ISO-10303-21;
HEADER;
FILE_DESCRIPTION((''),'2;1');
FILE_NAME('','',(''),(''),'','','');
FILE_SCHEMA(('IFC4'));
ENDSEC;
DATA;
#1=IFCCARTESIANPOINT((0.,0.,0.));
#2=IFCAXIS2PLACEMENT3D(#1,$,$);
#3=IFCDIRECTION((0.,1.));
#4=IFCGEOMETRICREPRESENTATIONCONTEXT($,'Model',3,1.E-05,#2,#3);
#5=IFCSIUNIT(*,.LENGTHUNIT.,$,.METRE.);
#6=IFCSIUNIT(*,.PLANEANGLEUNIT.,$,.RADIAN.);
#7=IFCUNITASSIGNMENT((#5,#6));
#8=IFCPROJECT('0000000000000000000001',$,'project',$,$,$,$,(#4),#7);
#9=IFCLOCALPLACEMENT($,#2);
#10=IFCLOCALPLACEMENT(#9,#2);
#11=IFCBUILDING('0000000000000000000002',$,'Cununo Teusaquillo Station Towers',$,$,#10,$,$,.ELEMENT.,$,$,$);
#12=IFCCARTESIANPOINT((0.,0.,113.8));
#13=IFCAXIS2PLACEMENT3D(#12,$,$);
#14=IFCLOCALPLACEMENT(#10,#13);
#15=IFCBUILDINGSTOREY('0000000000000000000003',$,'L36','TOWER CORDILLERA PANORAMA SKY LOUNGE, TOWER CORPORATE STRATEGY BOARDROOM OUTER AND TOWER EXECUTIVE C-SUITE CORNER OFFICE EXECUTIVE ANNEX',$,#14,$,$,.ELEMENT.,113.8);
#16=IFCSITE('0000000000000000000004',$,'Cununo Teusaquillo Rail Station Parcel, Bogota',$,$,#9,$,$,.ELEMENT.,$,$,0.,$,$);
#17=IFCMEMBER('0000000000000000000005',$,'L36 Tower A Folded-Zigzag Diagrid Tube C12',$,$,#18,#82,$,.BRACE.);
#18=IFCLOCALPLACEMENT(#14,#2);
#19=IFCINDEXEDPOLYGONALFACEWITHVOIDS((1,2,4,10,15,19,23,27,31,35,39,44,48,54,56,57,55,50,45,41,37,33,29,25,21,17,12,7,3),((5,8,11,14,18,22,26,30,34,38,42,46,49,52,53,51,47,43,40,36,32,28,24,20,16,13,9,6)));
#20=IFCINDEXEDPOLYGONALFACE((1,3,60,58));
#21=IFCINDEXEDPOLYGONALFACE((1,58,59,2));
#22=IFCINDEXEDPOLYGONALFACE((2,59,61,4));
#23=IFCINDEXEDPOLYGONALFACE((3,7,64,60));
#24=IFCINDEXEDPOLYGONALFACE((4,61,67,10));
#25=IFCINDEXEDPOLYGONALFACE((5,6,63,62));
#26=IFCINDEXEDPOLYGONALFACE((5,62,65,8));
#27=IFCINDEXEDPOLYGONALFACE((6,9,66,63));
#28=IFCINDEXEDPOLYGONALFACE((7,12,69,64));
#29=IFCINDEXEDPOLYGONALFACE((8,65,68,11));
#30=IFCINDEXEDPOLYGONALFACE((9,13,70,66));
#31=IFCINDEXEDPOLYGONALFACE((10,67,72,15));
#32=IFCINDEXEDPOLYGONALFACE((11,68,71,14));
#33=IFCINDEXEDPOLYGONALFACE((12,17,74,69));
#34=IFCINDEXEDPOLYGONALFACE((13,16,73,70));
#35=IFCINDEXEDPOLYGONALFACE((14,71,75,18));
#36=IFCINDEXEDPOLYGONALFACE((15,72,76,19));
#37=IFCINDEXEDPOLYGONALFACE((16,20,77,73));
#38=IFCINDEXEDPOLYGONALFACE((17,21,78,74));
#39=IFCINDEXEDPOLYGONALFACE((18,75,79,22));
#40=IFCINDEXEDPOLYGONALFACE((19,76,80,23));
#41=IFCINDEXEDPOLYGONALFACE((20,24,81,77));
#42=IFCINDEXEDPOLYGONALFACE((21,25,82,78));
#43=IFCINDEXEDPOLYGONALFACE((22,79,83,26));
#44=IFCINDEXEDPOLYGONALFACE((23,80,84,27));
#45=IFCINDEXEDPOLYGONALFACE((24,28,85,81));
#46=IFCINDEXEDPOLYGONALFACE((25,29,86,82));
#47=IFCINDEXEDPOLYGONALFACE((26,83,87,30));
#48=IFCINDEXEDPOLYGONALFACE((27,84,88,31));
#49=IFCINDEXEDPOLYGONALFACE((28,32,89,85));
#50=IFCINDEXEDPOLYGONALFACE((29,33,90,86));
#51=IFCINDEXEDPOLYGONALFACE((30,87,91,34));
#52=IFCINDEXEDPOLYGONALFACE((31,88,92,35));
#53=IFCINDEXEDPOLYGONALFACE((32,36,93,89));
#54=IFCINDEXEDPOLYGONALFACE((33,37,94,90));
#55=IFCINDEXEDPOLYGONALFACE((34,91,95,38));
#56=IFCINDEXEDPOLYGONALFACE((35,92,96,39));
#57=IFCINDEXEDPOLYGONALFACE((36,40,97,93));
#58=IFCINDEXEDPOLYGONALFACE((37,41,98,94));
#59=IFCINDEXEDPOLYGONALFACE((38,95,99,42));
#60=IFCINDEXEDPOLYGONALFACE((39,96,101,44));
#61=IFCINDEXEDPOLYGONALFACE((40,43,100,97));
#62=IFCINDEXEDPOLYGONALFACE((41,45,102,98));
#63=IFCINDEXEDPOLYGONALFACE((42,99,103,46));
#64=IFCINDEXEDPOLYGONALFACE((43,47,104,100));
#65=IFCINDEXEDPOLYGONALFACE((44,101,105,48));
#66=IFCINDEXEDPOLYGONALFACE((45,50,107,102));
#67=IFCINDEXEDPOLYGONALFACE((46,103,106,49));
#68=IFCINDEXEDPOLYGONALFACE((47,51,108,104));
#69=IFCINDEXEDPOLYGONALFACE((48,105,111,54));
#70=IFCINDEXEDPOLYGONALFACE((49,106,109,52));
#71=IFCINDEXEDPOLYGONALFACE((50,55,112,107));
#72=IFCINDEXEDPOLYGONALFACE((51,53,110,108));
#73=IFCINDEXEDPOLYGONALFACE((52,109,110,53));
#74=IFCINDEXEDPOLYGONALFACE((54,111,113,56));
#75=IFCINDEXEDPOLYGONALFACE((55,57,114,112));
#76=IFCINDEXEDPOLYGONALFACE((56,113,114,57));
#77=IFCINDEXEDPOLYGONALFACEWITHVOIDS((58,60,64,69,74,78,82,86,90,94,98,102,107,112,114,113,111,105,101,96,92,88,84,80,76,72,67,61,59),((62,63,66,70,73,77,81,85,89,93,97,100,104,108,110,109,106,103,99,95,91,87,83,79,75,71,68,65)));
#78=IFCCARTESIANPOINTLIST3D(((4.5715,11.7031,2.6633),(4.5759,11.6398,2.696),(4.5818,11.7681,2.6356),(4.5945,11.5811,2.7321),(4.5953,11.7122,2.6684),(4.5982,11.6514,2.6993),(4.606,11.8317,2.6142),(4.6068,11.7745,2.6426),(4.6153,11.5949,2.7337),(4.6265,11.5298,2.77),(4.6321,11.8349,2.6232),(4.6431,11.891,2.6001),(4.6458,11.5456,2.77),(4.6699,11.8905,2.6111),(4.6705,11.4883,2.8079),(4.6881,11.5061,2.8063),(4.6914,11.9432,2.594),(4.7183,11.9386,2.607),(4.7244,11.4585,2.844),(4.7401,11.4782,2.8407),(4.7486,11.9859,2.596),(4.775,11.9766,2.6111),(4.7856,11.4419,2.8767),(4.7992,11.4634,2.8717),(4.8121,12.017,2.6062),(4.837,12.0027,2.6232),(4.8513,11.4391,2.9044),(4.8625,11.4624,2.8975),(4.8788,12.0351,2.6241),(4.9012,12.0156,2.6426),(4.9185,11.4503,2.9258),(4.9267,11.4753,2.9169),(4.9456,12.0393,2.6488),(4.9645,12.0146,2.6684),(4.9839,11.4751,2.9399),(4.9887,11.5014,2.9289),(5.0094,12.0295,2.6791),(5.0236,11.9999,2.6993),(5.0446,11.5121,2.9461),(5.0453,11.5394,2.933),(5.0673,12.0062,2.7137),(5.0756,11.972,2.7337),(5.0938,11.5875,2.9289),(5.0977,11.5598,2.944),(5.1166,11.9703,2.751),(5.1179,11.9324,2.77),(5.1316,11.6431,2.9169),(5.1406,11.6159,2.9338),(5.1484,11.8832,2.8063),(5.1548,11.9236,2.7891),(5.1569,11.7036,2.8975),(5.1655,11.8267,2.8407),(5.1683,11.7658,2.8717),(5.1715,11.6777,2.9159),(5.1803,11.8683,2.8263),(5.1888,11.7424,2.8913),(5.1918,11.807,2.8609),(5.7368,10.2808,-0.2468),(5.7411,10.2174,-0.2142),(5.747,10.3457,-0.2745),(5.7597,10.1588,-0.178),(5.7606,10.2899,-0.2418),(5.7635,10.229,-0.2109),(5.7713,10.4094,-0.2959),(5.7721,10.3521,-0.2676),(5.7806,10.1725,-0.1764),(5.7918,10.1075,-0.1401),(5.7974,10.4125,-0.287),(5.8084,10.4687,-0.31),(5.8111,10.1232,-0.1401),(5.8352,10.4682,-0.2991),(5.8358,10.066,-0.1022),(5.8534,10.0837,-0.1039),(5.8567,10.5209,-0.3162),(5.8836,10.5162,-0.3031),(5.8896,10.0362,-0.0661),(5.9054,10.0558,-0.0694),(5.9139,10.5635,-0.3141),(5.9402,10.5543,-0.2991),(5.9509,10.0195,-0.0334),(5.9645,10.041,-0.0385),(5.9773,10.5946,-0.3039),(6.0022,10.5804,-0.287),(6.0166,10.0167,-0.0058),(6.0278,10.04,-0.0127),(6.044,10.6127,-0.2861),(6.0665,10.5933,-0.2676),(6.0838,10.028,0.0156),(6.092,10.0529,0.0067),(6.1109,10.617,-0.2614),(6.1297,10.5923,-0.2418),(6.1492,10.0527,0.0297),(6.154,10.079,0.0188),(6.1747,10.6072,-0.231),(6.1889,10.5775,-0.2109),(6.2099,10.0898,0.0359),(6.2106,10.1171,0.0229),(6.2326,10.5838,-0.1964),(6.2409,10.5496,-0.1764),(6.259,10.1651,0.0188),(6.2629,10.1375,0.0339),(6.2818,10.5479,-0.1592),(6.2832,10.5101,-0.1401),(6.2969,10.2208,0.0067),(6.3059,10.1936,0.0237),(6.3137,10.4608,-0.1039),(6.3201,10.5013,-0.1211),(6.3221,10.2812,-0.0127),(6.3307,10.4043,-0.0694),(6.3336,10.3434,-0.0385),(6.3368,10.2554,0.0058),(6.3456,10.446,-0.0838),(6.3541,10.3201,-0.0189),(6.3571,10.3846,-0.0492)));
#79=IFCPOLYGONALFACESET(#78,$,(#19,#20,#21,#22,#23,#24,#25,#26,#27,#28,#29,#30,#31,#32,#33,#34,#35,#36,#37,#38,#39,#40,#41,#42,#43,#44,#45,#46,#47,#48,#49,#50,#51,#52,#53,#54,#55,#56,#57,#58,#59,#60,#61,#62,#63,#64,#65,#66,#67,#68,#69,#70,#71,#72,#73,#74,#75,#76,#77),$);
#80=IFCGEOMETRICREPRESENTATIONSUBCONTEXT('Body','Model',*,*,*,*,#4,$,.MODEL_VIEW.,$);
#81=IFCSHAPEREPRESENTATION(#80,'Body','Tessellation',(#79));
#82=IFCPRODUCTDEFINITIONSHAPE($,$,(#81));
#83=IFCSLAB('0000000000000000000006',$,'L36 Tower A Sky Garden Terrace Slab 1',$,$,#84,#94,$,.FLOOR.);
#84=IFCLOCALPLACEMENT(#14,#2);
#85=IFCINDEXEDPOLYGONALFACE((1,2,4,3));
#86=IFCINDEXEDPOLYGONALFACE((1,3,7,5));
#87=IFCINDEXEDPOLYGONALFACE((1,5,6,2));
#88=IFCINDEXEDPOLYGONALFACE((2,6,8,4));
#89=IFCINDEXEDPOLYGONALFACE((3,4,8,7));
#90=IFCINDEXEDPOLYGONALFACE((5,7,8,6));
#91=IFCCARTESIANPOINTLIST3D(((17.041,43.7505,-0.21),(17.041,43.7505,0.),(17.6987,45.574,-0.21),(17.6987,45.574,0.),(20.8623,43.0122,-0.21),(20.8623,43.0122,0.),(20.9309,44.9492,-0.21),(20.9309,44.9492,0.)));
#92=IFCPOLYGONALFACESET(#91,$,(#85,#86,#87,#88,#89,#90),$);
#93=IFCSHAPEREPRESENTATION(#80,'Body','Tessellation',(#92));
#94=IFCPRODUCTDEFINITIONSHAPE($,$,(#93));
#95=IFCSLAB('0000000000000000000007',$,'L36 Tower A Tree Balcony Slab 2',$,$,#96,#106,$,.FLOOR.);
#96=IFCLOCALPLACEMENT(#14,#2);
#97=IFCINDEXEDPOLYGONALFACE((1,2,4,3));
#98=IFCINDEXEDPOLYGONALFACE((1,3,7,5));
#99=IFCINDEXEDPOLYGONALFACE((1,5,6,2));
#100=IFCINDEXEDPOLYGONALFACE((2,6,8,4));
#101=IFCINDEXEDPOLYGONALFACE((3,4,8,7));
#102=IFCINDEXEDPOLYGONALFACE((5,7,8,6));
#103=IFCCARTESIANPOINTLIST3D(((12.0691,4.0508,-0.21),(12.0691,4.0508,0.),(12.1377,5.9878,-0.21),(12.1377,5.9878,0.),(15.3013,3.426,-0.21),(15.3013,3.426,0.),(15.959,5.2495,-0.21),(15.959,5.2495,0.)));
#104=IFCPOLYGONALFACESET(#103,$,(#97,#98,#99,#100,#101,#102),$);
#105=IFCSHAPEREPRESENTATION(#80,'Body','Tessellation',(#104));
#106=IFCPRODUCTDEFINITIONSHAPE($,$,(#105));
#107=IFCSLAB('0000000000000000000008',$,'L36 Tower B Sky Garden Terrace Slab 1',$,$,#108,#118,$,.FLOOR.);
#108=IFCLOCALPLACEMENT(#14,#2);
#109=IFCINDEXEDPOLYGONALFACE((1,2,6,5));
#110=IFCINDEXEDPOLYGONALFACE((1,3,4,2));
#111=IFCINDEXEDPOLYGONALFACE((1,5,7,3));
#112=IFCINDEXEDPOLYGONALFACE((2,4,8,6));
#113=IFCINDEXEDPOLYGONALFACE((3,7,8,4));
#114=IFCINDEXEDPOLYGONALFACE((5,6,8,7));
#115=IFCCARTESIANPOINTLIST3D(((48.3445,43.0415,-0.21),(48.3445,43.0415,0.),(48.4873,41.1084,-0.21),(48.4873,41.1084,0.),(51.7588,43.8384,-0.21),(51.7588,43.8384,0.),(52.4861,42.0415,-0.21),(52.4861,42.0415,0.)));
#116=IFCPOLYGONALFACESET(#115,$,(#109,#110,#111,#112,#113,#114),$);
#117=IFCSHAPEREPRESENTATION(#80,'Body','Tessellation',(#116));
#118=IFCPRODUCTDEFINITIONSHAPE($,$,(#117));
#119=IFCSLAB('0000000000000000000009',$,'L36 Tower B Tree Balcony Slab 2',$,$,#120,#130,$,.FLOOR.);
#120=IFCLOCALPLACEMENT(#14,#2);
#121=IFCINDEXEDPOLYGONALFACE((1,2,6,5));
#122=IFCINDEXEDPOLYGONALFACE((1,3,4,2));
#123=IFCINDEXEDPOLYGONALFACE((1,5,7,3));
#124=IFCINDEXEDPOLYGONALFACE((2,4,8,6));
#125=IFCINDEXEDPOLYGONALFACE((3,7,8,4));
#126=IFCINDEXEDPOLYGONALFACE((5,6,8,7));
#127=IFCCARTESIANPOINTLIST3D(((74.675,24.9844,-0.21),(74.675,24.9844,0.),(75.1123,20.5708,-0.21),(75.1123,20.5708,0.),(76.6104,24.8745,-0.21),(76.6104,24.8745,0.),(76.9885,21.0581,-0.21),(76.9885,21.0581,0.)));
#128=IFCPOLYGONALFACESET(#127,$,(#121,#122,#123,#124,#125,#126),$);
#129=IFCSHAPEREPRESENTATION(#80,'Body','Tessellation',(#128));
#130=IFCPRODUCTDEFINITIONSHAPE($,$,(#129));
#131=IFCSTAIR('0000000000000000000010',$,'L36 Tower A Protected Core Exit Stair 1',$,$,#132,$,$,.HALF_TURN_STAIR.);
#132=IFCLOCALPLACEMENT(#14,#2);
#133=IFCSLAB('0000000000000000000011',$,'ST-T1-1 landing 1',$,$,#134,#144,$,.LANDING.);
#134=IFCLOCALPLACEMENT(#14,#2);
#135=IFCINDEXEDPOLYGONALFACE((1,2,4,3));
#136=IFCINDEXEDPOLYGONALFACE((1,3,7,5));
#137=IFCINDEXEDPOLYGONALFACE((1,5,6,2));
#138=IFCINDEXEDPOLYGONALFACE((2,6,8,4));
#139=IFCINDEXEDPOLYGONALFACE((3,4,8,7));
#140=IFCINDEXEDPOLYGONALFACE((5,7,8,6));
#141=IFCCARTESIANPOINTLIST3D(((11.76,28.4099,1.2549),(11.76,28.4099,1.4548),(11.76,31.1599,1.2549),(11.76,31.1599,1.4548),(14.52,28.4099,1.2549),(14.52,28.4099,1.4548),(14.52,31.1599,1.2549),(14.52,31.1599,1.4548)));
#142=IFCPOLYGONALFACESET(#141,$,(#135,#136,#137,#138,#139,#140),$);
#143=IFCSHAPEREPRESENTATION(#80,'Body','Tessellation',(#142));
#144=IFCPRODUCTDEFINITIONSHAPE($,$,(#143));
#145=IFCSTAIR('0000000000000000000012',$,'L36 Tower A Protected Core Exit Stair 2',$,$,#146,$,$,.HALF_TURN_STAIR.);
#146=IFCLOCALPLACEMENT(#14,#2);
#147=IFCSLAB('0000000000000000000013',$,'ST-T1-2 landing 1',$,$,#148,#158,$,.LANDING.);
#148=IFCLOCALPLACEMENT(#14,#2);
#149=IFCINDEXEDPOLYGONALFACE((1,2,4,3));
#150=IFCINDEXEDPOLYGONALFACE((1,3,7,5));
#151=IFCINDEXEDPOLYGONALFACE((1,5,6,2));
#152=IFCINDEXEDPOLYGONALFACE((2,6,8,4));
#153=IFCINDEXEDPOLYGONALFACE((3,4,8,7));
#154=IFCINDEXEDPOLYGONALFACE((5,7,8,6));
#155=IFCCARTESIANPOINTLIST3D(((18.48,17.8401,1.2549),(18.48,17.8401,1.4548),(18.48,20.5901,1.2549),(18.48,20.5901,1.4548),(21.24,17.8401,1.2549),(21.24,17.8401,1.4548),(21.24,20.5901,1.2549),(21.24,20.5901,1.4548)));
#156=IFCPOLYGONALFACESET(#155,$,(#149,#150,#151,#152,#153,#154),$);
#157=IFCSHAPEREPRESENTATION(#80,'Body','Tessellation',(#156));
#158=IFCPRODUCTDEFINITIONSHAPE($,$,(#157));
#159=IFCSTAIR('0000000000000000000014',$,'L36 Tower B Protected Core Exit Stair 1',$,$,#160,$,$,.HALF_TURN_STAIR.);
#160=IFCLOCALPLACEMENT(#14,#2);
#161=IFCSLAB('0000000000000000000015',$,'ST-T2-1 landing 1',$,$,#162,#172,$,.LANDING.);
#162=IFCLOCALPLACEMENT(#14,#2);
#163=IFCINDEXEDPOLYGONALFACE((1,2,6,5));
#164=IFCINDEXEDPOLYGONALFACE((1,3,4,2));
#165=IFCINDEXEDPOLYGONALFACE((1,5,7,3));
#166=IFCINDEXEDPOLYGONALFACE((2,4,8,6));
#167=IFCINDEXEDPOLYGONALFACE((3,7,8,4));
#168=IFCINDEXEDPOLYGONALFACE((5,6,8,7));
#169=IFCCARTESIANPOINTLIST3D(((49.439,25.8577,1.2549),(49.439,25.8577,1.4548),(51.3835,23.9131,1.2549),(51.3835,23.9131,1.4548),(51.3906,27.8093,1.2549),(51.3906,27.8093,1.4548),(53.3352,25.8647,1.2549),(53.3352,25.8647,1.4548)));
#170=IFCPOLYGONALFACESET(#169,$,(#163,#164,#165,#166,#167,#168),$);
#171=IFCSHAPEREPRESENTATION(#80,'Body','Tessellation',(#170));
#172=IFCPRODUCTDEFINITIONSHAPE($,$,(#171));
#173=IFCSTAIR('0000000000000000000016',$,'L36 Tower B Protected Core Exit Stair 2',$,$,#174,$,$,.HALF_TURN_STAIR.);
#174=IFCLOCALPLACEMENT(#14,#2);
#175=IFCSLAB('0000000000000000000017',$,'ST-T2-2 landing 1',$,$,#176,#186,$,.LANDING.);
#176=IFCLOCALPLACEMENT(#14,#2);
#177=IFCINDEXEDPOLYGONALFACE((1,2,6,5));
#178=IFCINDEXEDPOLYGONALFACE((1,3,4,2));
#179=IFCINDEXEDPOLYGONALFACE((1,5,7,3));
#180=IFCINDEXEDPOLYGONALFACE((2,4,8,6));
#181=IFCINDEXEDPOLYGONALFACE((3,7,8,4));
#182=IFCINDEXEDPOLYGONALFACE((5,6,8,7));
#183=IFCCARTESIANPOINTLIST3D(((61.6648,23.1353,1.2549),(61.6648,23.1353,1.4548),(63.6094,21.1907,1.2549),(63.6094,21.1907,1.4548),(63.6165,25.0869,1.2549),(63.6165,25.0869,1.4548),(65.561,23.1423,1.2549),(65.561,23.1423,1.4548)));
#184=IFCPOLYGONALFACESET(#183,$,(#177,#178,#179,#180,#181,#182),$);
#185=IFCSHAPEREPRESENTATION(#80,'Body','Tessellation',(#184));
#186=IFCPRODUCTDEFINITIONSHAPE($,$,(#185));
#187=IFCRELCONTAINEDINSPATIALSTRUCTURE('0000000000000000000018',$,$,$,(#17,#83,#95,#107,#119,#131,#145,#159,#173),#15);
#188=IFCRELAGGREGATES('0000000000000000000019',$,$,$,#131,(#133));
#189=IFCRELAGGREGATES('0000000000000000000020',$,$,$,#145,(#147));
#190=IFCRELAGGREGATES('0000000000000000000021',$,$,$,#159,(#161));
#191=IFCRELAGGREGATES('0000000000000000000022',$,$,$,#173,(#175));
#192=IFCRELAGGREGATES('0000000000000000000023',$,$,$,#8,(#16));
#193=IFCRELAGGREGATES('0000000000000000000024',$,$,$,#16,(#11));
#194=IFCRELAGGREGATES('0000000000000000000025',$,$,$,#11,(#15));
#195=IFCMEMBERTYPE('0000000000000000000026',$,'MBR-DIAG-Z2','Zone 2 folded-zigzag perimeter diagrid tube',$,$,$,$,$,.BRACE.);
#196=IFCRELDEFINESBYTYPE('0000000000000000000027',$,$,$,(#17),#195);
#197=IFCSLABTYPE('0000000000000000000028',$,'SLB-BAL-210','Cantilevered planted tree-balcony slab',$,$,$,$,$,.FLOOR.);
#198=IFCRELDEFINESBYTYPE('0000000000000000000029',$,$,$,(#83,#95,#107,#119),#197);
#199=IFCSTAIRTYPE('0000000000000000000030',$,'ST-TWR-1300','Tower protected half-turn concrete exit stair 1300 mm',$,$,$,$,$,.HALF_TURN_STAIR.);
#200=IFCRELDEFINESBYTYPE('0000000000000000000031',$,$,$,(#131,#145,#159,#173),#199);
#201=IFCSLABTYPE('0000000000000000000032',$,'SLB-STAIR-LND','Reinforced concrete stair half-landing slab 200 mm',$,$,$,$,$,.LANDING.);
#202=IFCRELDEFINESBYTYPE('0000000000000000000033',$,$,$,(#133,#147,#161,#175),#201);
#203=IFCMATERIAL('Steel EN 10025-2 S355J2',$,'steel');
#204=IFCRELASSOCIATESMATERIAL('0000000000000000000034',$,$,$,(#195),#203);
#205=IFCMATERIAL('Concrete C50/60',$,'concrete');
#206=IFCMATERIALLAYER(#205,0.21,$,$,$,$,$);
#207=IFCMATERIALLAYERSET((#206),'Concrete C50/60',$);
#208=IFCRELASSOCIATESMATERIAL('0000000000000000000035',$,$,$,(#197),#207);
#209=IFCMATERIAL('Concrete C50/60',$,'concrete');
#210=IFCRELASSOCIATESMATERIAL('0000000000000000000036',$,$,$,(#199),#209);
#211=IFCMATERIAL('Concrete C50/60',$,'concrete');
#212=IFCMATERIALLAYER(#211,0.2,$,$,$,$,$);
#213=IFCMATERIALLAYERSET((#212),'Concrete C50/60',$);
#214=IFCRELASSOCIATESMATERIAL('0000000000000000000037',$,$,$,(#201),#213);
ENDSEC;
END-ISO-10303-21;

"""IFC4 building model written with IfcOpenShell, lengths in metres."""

from ifc_helpers import new_model, si_unit, direction, frame, origin, origin_2d, place, context, subcontext, project, spatial, polyline, hollow_circle, outline, extrude, material, layer, layer_set, material_profile, profile_set, type_object, element, aggregate, save


model = new_model("IFC4")

# Units and contexts
model_context = context("Model", 3, precision=1e-05, world=origin(), true_north=direction((0.0, 1.0)))
body_context = subcontext(model_context, "Body", "Model", "MODEL_VIEW")
ifc_project = project(units=[si_unit("LENGTHUNIT", "METRE"), si_unit("PLANEANGLEUNIT", "RADIAN")], contexts=[model_context])

# Site, building, storey
site_placement = place(None, origin())
site = spatial("IfcSite", under=ifc_project, at=site_placement, Name="Cununo Teusaquillo Rail Station Parcel, Bogota", CompositionType="ELEMENT", RefElevation=0.0)
building_placement = place(site_placement, origin())
building = spatial("IfcBuilding", under=site, at=building_placement, Name="Cununo Teusaquillo Station Towers", CompositionType="ELEMENT")
storey_placement = place(building_placement, frame((0.0, 0.0, 113.8)))
storey = spatial("IfcBuildingStorey", under=building, at=storey_placement, Name="L36", Description="TOWER CORDILLERA PANORAMA SKY LOUNGE, TOWER CORPORATE STRATEGY BOARDROOM OUTER AND TOWER EXECUTIVE C-SUITE CORNER OFFICE EXECUTIVE ANNEX", CompositionType="ELEMENT", Elevation=113.8)

# Member
ifc_material_1 = material(Name="Steel EN 10025-2 S355J2", Category="steel")
ifc_material_profile_1 = material_profile(ifc_material_1, hollow_circle(Radius=0.3301, WallThickness=0.0249, at=origin_2d()), Name="CHS 660x25")
ifc_profile_set_1 = profile_set([ifc_material_profile_1], Name="Steel EN 10025-2 S355J2")
member_type = type_object("IfcMemberType", Name="MBR-DIAG-Z2", Description="Zone 2 folded-zigzag perimeter diagrid tube", PredefinedType="BRACE", material=ifc_profile_set_1)
member_placement = place(storey_placement, frame((6.0471, 10.3167, -0.1401), z_axis=(-0.33851, 0.413191, 0.84539), x_axis=(-0.773549, -0.633737, 0.0)))
element("IfcMember", 1, at=member_placement, inside=storey, type_object=member_type, Name="L36 Tower A Folded-Zigzag Diagrid Tube C12", PredefinedType="BRACE", context=body_context, shape_type="SweptSolid", body=[
    extrude(hollow_circle(Radius=0.3301, WallThickness=0.0249, at=origin_2d()), origin(), (0.0, 0.0, 1.0), 3.4424),
])

# Slabs
ifc_material_2 = material(Name="Concrete C50/60", Category="concrete")
ifc_layer_1 = layer(ifc_material_2, 0.21)
ifc_layer_set_1 = layer_set([ifc_layer_1], Name="Concrete C50/60")
slab_type_1 = type_object("IfcSlabType", Name="SLB-BAL-210", Description="Cantilevered planted tree-balcony slab", PredefinedType="FLOOR", material=ifc_layer_set_1)
slab_1_placement = place(storey_placement, frame((0.0, 0.0, -0.21)))
element("IfcSlab", 2, at=slab_1_placement, inside=storey, type_object=slab_type_1, Name="L36 Tower A Sky Garden Terrace Slab 1", PredefinedType="FLOOR", context=body_context, shape_type="SweptSolid", body=[
    extrude(outline(polyline([(20.8623, 43.0122), (17.041, 43.7505), (17.6987, 45.574), (20.9309, 44.9492), (20.8623, 43.0122)])), origin(), (0.0, 0.0, 1.0), 0.21),
])
slab_2_placement = place(storey_placement, frame((0.0, 0.0, -0.21)))
element("IfcSlab", 3, at=slab_2_placement, inside=storey, type_object=slab_type_1, Name="L36 Tower A Tree Balcony Slab 2", PredefinedType="FLOOR", context=body_context, shape_type="SweptSolid", body=[
    extrude(outline(polyline([(12.1377, 5.9878), (15.959, 5.2495), (15.3013, 3.426), (12.0691, 4.0508), (12.1377, 5.9878)])), origin(), (0.0, 0.0, 1.0), 0.21),
])
slab_3_placement = place(storey_placement, frame((0.0, 0.0, -0.21)))
element("IfcSlab", 4, at=slab_3_placement, inside=storey, type_object=slab_type_1, Name="L36 Tower B Sky Garden Terrace Slab 1", PredefinedType="FLOOR", context=body_context, shape_type="SweptSolid", body=[
    extrude(outline(polyline([(52.4861, 42.0415), (48.4873, 41.1084), (48.3445, 43.0415), (51.7588, 43.8384), (52.4861, 42.0415)])), origin(), (0.0, 0.0, 1.0), 0.21),
])
slab_4_placement = place(storey_placement, frame((0.0, 0.0, -0.21)))
element("IfcSlab", 5, at=slab_4_placement, inside=storey, type_object=slab_type_1, Name="L36 Tower B Tree Balcony Slab 2", PredefinedType="FLOOR", context=body_context, shape_type="SweptSolid", body=[
    extrude(outline(polyline([(75.1123, 20.5708), (74.675, 24.9844), (76.6104, 24.8745), (76.9885, 21.0581), (75.1123, 20.5708)])), origin(), (0.0, 0.0, 1.0), 0.21),
])

# Stairs, slabs
ifc_material_3 = material(Name="Concrete C50/60", Category="concrete")
stair_type = type_object("IfcStairType", Name="ST-TWR-1300", Description="Tower protected half-turn concrete exit stair 1300 mm", PredefinedType="HALF_TURN_STAIR", material=ifc_material_3)
stair_1_placement = place(storey_placement, origin())
stair_1 = element("IfcStair", 6, at=stair_1_placement, inside=storey, type_object=stair_type, Name="L36 Tower A Protected Core Exit Stair 1", PredefinedType="HALF_TURN_STAIR")
ifc_material_4 = material(Name="Concrete C50/60", Category="concrete")
ifc_layer_2 = layer(ifc_material_4, 0.2)
ifc_layer_set_2 = layer_set([ifc_layer_2], Name="Concrete C50/60")
slab_type_2 = type_object("IfcSlabType", Name="SLB-STAIR-LND", Description="Reinforced concrete stair half-landing slab 200 mm", PredefinedType="LANDING", material=ifc_layer_set_2)
slab_5_placement = place(storey_placement, frame((0.0, 0.0, 1.2549)))
slab_5 = element("IfcSlab", 7, at=slab_5_placement, type_object=slab_type_2, Name="ST-T1-1 landing 1", PredefinedType="LANDING", context=body_context, shape_type="SweptSolid", body=[
    extrude(outline(polyline([(14.52, 28.4099), (14.52, 31.1599), (11.76, 31.1599), (11.76, 28.4099), (14.52, 28.4099)])), origin(), (0.0, 0.0, 1.0), 0.2),
])
aggregate(stair_1, [slab_5])
stair_2_placement = place(storey_placement, origin())
stair_2 = element("IfcStair", 8, at=stair_2_placement, inside=storey, type_object=stair_type, Name="L36 Tower A Protected Core Exit Stair 2", PredefinedType="HALF_TURN_STAIR")
slab_6_placement = place(storey_placement, frame((0.0, 0.0, 1.2549)))
slab_6 = element("IfcSlab", 9, at=slab_6_placement, type_object=slab_type_2, Name="ST-T1-2 landing 1", PredefinedType="LANDING", context=body_context, shape_type="SweptSolid", body=[
    extrude(outline(polyline([(18.48, 20.5901), (18.48, 17.8401), (21.24, 17.8401), (21.24, 20.5901), (18.48, 20.5901)])), origin(), (0.0, 0.0, 1.0), 0.2),
])
aggregate(stair_2, [slab_6])
stair_3_placement = place(storey_placement, origin())
stair_3 = element("IfcStair", 10, at=stair_3_placement, inside=storey, type_object=stair_type, Name="L36 Tower B Protected Core Exit Stair 1", PredefinedType="HALF_TURN_STAIR")
slab_7_placement = place(storey_placement, frame((0.0, 0.0, 1.2549)))
slab_7 = element("IfcSlab", 11, at=slab_7_placement, type_object=slab_type_2, Name="ST-T2-1 landing 1", PredefinedType="LANDING", context=body_context, shape_type="SweptSolid", body=[
    extrude(outline(polyline([(53.3352, 25.8647), (51.3906, 27.8093), (49.439, 25.8577), (51.3835, 23.9131), (53.3352, 25.8647)])), origin(), (0.0, 0.0, 1.0), 0.2),
])
aggregate(stair_3, [slab_7])
stair_4_placement = place(storey_placement, origin())
stair_4 = element("IfcStair", 12, at=stair_4_placement, inside=storey, type_object=stair_type, Name="L36 Tower B Protected Core Exit Stair 2", PredefinedType="HALF_TURN_STAIR")
slab_8_placement = place(storey_placement, frame((0.0, 0.0, 1.2549)))
slab_8 = element("IfcSlab", 13, at=slab_8_placement, type_object=slab_type_2, Name="ST-T2-2 landing 1", PredefinedType="LANDING", context=body_context, shape_type="SweptSolid", body=[
    extrude(outline(polyline([(61.6648, 23.1353), (63.6094, 21.1907), (65.561, 23.1423), (63.6165, 25.0869), (61.6648, 23.1353)])), origin(), (0.0, 0.0, 1.0), 0.2),
])
aggregate(stair_4, [slab_8])

save(model, "model.ifc")
